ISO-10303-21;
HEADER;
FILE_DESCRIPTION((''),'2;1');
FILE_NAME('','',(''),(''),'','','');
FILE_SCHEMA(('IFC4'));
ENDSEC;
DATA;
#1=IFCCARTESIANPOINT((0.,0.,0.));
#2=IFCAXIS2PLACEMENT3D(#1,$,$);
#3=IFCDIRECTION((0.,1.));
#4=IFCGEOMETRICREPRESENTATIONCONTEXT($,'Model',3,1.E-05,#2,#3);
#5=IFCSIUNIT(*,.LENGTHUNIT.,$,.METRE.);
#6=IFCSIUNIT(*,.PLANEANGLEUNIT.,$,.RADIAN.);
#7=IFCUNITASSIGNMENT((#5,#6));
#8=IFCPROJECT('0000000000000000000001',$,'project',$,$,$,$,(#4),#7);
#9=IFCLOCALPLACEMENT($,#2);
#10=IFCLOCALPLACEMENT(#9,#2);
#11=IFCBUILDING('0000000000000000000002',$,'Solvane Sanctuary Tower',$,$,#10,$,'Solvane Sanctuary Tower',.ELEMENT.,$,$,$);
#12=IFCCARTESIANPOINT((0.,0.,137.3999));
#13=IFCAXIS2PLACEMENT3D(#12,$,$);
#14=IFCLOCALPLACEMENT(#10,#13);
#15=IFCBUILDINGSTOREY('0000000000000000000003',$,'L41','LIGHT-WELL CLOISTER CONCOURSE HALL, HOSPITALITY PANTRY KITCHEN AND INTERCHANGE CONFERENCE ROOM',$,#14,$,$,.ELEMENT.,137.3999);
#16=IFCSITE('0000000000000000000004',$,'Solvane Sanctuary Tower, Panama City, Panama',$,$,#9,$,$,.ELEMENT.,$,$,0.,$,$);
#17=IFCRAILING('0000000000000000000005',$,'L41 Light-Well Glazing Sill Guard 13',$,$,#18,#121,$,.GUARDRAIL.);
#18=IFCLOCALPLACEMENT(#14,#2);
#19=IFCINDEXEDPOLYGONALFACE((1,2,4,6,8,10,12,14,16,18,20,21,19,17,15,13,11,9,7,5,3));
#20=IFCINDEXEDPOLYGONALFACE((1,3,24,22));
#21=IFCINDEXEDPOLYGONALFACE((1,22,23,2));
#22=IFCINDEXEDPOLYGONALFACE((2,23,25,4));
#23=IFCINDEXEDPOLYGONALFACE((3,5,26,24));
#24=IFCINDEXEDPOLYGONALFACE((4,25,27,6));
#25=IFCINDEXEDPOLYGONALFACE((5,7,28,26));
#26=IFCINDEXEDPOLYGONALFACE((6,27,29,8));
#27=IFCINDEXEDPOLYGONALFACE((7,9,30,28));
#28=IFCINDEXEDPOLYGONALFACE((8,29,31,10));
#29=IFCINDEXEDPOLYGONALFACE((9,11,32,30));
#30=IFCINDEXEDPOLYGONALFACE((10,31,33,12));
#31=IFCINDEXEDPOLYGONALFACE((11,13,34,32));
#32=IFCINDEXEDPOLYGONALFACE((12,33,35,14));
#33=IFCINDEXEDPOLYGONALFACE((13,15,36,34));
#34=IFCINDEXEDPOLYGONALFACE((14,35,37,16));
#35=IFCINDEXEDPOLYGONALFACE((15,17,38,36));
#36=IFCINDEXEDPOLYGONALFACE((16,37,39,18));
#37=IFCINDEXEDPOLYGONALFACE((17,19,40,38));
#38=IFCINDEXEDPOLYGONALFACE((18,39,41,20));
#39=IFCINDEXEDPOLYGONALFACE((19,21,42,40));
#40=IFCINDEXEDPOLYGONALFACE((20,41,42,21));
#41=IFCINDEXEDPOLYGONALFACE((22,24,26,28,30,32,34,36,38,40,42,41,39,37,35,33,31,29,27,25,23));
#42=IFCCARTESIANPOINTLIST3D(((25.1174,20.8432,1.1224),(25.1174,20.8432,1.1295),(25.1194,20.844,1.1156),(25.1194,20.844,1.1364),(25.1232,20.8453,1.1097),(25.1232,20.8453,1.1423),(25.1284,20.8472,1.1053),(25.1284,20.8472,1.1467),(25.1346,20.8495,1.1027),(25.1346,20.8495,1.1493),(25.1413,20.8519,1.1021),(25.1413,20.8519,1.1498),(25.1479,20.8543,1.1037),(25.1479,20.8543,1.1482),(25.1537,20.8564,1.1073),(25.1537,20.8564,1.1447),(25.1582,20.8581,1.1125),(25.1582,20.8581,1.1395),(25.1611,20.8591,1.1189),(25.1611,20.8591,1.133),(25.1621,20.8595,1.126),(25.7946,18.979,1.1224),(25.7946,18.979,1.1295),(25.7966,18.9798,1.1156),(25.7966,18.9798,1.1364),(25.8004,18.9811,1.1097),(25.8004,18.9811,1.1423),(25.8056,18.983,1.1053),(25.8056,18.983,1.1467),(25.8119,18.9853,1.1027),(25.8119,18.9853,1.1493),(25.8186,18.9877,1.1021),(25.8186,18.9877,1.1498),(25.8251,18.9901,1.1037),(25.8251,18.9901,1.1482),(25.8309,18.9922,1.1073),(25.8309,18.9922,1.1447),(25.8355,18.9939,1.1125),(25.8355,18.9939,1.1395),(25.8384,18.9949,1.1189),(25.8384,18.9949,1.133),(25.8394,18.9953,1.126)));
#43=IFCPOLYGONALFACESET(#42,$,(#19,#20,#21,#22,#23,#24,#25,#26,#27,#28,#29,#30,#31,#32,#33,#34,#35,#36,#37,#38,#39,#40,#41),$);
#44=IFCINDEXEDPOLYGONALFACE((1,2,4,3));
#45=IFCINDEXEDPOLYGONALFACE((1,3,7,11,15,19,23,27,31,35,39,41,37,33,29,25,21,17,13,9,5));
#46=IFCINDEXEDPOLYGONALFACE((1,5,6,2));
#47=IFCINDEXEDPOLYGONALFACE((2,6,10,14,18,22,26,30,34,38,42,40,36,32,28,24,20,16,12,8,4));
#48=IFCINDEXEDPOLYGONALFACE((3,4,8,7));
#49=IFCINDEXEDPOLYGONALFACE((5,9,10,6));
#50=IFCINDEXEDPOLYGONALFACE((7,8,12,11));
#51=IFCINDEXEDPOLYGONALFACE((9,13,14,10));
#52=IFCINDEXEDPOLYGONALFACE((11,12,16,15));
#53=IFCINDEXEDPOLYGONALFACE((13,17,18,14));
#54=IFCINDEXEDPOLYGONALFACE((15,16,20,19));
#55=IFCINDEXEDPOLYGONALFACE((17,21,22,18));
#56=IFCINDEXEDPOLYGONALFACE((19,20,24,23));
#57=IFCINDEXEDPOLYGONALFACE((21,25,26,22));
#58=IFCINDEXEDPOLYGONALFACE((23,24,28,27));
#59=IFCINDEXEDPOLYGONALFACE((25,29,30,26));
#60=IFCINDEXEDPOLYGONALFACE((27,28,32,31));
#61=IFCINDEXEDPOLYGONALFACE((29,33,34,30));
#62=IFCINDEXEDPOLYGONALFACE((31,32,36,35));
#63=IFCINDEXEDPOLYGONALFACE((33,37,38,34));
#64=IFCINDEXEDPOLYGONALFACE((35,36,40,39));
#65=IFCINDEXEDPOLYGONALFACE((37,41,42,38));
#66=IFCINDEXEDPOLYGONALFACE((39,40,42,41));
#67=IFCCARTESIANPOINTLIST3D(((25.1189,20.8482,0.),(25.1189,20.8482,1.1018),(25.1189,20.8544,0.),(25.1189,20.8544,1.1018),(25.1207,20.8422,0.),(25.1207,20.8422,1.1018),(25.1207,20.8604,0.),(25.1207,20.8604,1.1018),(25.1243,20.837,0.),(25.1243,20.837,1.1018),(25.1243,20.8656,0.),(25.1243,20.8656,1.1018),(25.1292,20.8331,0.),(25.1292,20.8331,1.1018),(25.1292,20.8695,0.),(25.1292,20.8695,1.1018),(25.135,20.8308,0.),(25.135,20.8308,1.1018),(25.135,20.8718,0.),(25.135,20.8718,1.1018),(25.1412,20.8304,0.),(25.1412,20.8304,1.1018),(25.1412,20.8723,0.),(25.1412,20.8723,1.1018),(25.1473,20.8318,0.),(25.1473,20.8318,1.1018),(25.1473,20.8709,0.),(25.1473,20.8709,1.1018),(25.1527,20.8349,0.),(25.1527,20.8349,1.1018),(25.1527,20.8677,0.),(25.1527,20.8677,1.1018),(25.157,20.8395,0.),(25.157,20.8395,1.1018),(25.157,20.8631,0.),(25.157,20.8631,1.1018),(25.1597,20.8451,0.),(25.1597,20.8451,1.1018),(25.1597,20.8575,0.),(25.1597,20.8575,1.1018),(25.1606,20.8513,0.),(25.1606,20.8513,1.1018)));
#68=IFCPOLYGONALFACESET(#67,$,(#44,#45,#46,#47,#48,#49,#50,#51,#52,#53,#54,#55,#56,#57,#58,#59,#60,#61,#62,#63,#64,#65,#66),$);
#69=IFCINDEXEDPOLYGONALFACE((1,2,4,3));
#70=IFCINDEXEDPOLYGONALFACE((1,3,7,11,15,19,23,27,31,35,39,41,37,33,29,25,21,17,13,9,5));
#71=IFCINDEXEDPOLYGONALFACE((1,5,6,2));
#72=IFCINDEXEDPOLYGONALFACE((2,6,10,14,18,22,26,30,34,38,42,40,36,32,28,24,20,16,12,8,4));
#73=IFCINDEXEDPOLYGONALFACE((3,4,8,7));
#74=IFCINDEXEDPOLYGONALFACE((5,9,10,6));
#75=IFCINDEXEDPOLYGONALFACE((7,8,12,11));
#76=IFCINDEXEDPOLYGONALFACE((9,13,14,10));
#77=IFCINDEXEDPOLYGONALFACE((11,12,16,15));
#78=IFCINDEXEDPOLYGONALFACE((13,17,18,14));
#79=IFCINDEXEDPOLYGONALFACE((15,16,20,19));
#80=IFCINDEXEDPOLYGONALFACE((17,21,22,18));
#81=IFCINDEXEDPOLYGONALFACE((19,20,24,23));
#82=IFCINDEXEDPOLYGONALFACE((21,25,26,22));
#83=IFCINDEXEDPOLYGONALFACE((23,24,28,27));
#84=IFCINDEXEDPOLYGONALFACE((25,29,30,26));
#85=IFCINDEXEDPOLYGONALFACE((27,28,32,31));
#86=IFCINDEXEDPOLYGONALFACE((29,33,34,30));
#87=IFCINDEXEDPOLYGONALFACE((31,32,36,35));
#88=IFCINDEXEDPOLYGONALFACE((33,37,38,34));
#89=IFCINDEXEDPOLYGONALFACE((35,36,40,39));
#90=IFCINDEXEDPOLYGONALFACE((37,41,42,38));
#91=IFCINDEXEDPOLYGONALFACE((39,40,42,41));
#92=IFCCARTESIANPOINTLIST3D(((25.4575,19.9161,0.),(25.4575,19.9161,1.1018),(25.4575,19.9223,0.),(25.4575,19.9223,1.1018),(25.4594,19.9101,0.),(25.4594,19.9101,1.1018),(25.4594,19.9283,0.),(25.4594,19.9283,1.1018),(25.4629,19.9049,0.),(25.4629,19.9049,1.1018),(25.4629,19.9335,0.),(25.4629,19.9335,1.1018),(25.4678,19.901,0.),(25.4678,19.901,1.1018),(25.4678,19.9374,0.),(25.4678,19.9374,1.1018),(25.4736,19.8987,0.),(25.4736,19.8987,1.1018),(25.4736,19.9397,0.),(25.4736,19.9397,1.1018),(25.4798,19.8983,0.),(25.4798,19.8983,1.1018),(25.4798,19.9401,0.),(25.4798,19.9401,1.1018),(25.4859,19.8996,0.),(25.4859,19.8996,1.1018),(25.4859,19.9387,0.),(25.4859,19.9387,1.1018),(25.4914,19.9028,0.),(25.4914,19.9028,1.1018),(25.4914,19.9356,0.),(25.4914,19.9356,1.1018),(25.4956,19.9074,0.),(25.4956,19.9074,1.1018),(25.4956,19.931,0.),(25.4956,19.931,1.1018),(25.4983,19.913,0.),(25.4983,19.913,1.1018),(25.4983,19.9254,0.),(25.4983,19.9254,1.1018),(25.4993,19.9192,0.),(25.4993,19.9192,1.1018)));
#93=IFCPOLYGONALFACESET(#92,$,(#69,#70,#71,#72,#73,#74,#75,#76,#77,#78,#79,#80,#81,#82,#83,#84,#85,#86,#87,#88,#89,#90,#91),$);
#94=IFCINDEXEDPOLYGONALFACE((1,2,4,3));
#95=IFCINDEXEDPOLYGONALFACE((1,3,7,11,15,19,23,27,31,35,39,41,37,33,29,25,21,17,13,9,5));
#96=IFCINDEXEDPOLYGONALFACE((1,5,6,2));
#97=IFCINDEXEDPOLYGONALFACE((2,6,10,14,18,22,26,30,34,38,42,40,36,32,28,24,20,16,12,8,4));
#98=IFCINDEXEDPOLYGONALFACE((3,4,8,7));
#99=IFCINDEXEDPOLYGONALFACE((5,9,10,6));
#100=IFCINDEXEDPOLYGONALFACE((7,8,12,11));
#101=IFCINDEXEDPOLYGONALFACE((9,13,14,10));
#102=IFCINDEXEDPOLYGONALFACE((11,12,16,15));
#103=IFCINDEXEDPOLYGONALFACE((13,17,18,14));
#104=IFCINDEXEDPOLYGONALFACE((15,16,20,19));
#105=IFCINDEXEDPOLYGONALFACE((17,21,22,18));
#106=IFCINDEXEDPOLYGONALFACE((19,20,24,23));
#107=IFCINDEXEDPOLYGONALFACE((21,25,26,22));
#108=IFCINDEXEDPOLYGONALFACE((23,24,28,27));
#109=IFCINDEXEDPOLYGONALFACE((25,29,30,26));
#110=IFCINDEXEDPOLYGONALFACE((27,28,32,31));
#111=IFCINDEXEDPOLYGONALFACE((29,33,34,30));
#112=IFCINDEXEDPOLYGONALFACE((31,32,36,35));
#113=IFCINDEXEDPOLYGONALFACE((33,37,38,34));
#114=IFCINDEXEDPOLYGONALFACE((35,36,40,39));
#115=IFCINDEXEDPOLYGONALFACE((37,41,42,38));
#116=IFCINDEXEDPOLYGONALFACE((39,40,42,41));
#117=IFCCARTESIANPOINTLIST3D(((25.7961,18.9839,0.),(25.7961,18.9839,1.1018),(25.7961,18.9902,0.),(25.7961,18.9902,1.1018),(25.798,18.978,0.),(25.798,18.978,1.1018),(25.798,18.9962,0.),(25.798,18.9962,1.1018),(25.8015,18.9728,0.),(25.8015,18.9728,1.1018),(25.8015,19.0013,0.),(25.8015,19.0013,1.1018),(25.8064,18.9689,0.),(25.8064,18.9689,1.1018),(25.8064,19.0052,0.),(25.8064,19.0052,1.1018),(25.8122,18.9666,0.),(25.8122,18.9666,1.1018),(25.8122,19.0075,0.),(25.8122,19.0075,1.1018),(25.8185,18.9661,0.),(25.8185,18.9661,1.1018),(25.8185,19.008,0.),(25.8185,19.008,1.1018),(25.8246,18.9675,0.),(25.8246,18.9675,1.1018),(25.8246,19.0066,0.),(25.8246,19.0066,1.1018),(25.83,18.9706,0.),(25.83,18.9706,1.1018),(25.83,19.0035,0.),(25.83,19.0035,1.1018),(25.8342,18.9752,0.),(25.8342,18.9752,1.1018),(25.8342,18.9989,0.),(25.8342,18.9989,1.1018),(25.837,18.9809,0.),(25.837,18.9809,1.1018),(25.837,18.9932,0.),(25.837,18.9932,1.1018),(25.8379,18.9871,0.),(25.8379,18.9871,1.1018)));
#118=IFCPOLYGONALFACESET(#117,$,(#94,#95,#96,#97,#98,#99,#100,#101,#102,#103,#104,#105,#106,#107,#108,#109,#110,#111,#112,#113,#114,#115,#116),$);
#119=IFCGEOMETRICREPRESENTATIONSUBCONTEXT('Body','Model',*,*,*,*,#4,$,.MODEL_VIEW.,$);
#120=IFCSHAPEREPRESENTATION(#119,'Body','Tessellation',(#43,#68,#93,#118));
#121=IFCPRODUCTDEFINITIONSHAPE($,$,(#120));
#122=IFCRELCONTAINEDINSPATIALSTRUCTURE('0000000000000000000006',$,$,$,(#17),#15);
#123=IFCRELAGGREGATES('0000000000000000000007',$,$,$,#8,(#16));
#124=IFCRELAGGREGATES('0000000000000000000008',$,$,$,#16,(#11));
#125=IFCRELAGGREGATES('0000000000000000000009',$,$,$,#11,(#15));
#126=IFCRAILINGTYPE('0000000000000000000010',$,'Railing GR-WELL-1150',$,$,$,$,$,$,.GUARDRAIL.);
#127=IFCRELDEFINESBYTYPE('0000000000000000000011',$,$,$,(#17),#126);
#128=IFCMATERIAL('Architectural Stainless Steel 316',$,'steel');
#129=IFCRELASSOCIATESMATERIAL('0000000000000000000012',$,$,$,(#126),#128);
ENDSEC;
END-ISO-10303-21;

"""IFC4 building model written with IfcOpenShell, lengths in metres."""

from ifc_helpers import new_model, si_unit, direction, frame, origin, origin_2d, place, context, subcontext, project, spatial, circle, extrude, material, type_object, element, save


model = new_model("IFC4")

# Units and contexts
model_context = context("Model", 3, precision=1e-05, world=origin(), true_north=direction((0.0, 1.0)))
body_context = subcontext(model_context, "Body", "Model", "MODEL_VIEW")
ifc_project = project(units=[si_unit("LENGTHUNIT", "METRE"), si_unit("PLANEANGLEUNIT", "RADIAN")], contexts=[model_context])

# Site, building, storey
site_placement = place(None, origin())
site = spatial("IfcSite", under=ifc_project, at=site_placement, Name="Solvane Sanctuary Tower, Panama City, Panama", CompositionType="ELEMENT", RefElevation=0.0)
building_placement = place(site_placement, origin())
building = spatial("IfcBuilding", under=site, at=building_placement, Name="Solvane Sanctuary Tower", LongName="Solvane Sanctuary Tower", CompositionType="ELEMENT")
storey_placement = place(building_placement, frame((0.0, 0.0, 137.3999)))
storey = spatial("IfcBuildingStorey", under=building, at=storey_placement, Name="L41", Description="LIGHT-WELL CLOISTER CONCOURSE HALL, HOSPITALITY PANTRY KITCHEN AND INTERCHANGE CONFERENCE ROOM", CompositionType="ELEMENT", Elevation=137.3999)

# Shared definitions
ifc_material_1 = material(Name="Architectural Stainless Steel 316", Category="steel")

# Railing
railing_type = type_object("IfcRailingType", Name="Railing GR-WELL-1150", PredefinedType="GUARDRAIL", material=ifc_material_1)
railing_placement = place(storey_placement, frame((25.1396, 20.8513, 0.0)))
element("IfcRailing", 1, at=railing_placement, inside=storey, type_object=railing_type, Name="L41 Light-Well Glazing Sill Guard 13", PredefinedType="GUARDRAIL", context=body_context, shape_type="SweptSolid", body=[
    extrude(circle(Radius=0.0239, at=origin_2d()), frame((0.0, 0.0, 1.126), z_axis=(0.341447, -0.939901, 0.0), x_axis=(0.939901, 0.341447, 0.0)), (0.0, 0.0, 1.0), 1.9834),
    extrude(circle(Radius=0.021, at=origin_2d()), origin(), (0.0, 0.0, 1.0), 1.1018),
    extrude(circle(Radius=0.021, at=origin_2d()), frame((0.3386, -0.9321, 0.0)), (0.0, 0.0, 1.0), 1.1018),
    extrude(circle(Radius=0.021, at=origin_2d()), frame((0.6772, -1.8643, 0.0)), (0.0, 0.0, 1.0), 1.1018),
])

save(model, "model.ifc")
